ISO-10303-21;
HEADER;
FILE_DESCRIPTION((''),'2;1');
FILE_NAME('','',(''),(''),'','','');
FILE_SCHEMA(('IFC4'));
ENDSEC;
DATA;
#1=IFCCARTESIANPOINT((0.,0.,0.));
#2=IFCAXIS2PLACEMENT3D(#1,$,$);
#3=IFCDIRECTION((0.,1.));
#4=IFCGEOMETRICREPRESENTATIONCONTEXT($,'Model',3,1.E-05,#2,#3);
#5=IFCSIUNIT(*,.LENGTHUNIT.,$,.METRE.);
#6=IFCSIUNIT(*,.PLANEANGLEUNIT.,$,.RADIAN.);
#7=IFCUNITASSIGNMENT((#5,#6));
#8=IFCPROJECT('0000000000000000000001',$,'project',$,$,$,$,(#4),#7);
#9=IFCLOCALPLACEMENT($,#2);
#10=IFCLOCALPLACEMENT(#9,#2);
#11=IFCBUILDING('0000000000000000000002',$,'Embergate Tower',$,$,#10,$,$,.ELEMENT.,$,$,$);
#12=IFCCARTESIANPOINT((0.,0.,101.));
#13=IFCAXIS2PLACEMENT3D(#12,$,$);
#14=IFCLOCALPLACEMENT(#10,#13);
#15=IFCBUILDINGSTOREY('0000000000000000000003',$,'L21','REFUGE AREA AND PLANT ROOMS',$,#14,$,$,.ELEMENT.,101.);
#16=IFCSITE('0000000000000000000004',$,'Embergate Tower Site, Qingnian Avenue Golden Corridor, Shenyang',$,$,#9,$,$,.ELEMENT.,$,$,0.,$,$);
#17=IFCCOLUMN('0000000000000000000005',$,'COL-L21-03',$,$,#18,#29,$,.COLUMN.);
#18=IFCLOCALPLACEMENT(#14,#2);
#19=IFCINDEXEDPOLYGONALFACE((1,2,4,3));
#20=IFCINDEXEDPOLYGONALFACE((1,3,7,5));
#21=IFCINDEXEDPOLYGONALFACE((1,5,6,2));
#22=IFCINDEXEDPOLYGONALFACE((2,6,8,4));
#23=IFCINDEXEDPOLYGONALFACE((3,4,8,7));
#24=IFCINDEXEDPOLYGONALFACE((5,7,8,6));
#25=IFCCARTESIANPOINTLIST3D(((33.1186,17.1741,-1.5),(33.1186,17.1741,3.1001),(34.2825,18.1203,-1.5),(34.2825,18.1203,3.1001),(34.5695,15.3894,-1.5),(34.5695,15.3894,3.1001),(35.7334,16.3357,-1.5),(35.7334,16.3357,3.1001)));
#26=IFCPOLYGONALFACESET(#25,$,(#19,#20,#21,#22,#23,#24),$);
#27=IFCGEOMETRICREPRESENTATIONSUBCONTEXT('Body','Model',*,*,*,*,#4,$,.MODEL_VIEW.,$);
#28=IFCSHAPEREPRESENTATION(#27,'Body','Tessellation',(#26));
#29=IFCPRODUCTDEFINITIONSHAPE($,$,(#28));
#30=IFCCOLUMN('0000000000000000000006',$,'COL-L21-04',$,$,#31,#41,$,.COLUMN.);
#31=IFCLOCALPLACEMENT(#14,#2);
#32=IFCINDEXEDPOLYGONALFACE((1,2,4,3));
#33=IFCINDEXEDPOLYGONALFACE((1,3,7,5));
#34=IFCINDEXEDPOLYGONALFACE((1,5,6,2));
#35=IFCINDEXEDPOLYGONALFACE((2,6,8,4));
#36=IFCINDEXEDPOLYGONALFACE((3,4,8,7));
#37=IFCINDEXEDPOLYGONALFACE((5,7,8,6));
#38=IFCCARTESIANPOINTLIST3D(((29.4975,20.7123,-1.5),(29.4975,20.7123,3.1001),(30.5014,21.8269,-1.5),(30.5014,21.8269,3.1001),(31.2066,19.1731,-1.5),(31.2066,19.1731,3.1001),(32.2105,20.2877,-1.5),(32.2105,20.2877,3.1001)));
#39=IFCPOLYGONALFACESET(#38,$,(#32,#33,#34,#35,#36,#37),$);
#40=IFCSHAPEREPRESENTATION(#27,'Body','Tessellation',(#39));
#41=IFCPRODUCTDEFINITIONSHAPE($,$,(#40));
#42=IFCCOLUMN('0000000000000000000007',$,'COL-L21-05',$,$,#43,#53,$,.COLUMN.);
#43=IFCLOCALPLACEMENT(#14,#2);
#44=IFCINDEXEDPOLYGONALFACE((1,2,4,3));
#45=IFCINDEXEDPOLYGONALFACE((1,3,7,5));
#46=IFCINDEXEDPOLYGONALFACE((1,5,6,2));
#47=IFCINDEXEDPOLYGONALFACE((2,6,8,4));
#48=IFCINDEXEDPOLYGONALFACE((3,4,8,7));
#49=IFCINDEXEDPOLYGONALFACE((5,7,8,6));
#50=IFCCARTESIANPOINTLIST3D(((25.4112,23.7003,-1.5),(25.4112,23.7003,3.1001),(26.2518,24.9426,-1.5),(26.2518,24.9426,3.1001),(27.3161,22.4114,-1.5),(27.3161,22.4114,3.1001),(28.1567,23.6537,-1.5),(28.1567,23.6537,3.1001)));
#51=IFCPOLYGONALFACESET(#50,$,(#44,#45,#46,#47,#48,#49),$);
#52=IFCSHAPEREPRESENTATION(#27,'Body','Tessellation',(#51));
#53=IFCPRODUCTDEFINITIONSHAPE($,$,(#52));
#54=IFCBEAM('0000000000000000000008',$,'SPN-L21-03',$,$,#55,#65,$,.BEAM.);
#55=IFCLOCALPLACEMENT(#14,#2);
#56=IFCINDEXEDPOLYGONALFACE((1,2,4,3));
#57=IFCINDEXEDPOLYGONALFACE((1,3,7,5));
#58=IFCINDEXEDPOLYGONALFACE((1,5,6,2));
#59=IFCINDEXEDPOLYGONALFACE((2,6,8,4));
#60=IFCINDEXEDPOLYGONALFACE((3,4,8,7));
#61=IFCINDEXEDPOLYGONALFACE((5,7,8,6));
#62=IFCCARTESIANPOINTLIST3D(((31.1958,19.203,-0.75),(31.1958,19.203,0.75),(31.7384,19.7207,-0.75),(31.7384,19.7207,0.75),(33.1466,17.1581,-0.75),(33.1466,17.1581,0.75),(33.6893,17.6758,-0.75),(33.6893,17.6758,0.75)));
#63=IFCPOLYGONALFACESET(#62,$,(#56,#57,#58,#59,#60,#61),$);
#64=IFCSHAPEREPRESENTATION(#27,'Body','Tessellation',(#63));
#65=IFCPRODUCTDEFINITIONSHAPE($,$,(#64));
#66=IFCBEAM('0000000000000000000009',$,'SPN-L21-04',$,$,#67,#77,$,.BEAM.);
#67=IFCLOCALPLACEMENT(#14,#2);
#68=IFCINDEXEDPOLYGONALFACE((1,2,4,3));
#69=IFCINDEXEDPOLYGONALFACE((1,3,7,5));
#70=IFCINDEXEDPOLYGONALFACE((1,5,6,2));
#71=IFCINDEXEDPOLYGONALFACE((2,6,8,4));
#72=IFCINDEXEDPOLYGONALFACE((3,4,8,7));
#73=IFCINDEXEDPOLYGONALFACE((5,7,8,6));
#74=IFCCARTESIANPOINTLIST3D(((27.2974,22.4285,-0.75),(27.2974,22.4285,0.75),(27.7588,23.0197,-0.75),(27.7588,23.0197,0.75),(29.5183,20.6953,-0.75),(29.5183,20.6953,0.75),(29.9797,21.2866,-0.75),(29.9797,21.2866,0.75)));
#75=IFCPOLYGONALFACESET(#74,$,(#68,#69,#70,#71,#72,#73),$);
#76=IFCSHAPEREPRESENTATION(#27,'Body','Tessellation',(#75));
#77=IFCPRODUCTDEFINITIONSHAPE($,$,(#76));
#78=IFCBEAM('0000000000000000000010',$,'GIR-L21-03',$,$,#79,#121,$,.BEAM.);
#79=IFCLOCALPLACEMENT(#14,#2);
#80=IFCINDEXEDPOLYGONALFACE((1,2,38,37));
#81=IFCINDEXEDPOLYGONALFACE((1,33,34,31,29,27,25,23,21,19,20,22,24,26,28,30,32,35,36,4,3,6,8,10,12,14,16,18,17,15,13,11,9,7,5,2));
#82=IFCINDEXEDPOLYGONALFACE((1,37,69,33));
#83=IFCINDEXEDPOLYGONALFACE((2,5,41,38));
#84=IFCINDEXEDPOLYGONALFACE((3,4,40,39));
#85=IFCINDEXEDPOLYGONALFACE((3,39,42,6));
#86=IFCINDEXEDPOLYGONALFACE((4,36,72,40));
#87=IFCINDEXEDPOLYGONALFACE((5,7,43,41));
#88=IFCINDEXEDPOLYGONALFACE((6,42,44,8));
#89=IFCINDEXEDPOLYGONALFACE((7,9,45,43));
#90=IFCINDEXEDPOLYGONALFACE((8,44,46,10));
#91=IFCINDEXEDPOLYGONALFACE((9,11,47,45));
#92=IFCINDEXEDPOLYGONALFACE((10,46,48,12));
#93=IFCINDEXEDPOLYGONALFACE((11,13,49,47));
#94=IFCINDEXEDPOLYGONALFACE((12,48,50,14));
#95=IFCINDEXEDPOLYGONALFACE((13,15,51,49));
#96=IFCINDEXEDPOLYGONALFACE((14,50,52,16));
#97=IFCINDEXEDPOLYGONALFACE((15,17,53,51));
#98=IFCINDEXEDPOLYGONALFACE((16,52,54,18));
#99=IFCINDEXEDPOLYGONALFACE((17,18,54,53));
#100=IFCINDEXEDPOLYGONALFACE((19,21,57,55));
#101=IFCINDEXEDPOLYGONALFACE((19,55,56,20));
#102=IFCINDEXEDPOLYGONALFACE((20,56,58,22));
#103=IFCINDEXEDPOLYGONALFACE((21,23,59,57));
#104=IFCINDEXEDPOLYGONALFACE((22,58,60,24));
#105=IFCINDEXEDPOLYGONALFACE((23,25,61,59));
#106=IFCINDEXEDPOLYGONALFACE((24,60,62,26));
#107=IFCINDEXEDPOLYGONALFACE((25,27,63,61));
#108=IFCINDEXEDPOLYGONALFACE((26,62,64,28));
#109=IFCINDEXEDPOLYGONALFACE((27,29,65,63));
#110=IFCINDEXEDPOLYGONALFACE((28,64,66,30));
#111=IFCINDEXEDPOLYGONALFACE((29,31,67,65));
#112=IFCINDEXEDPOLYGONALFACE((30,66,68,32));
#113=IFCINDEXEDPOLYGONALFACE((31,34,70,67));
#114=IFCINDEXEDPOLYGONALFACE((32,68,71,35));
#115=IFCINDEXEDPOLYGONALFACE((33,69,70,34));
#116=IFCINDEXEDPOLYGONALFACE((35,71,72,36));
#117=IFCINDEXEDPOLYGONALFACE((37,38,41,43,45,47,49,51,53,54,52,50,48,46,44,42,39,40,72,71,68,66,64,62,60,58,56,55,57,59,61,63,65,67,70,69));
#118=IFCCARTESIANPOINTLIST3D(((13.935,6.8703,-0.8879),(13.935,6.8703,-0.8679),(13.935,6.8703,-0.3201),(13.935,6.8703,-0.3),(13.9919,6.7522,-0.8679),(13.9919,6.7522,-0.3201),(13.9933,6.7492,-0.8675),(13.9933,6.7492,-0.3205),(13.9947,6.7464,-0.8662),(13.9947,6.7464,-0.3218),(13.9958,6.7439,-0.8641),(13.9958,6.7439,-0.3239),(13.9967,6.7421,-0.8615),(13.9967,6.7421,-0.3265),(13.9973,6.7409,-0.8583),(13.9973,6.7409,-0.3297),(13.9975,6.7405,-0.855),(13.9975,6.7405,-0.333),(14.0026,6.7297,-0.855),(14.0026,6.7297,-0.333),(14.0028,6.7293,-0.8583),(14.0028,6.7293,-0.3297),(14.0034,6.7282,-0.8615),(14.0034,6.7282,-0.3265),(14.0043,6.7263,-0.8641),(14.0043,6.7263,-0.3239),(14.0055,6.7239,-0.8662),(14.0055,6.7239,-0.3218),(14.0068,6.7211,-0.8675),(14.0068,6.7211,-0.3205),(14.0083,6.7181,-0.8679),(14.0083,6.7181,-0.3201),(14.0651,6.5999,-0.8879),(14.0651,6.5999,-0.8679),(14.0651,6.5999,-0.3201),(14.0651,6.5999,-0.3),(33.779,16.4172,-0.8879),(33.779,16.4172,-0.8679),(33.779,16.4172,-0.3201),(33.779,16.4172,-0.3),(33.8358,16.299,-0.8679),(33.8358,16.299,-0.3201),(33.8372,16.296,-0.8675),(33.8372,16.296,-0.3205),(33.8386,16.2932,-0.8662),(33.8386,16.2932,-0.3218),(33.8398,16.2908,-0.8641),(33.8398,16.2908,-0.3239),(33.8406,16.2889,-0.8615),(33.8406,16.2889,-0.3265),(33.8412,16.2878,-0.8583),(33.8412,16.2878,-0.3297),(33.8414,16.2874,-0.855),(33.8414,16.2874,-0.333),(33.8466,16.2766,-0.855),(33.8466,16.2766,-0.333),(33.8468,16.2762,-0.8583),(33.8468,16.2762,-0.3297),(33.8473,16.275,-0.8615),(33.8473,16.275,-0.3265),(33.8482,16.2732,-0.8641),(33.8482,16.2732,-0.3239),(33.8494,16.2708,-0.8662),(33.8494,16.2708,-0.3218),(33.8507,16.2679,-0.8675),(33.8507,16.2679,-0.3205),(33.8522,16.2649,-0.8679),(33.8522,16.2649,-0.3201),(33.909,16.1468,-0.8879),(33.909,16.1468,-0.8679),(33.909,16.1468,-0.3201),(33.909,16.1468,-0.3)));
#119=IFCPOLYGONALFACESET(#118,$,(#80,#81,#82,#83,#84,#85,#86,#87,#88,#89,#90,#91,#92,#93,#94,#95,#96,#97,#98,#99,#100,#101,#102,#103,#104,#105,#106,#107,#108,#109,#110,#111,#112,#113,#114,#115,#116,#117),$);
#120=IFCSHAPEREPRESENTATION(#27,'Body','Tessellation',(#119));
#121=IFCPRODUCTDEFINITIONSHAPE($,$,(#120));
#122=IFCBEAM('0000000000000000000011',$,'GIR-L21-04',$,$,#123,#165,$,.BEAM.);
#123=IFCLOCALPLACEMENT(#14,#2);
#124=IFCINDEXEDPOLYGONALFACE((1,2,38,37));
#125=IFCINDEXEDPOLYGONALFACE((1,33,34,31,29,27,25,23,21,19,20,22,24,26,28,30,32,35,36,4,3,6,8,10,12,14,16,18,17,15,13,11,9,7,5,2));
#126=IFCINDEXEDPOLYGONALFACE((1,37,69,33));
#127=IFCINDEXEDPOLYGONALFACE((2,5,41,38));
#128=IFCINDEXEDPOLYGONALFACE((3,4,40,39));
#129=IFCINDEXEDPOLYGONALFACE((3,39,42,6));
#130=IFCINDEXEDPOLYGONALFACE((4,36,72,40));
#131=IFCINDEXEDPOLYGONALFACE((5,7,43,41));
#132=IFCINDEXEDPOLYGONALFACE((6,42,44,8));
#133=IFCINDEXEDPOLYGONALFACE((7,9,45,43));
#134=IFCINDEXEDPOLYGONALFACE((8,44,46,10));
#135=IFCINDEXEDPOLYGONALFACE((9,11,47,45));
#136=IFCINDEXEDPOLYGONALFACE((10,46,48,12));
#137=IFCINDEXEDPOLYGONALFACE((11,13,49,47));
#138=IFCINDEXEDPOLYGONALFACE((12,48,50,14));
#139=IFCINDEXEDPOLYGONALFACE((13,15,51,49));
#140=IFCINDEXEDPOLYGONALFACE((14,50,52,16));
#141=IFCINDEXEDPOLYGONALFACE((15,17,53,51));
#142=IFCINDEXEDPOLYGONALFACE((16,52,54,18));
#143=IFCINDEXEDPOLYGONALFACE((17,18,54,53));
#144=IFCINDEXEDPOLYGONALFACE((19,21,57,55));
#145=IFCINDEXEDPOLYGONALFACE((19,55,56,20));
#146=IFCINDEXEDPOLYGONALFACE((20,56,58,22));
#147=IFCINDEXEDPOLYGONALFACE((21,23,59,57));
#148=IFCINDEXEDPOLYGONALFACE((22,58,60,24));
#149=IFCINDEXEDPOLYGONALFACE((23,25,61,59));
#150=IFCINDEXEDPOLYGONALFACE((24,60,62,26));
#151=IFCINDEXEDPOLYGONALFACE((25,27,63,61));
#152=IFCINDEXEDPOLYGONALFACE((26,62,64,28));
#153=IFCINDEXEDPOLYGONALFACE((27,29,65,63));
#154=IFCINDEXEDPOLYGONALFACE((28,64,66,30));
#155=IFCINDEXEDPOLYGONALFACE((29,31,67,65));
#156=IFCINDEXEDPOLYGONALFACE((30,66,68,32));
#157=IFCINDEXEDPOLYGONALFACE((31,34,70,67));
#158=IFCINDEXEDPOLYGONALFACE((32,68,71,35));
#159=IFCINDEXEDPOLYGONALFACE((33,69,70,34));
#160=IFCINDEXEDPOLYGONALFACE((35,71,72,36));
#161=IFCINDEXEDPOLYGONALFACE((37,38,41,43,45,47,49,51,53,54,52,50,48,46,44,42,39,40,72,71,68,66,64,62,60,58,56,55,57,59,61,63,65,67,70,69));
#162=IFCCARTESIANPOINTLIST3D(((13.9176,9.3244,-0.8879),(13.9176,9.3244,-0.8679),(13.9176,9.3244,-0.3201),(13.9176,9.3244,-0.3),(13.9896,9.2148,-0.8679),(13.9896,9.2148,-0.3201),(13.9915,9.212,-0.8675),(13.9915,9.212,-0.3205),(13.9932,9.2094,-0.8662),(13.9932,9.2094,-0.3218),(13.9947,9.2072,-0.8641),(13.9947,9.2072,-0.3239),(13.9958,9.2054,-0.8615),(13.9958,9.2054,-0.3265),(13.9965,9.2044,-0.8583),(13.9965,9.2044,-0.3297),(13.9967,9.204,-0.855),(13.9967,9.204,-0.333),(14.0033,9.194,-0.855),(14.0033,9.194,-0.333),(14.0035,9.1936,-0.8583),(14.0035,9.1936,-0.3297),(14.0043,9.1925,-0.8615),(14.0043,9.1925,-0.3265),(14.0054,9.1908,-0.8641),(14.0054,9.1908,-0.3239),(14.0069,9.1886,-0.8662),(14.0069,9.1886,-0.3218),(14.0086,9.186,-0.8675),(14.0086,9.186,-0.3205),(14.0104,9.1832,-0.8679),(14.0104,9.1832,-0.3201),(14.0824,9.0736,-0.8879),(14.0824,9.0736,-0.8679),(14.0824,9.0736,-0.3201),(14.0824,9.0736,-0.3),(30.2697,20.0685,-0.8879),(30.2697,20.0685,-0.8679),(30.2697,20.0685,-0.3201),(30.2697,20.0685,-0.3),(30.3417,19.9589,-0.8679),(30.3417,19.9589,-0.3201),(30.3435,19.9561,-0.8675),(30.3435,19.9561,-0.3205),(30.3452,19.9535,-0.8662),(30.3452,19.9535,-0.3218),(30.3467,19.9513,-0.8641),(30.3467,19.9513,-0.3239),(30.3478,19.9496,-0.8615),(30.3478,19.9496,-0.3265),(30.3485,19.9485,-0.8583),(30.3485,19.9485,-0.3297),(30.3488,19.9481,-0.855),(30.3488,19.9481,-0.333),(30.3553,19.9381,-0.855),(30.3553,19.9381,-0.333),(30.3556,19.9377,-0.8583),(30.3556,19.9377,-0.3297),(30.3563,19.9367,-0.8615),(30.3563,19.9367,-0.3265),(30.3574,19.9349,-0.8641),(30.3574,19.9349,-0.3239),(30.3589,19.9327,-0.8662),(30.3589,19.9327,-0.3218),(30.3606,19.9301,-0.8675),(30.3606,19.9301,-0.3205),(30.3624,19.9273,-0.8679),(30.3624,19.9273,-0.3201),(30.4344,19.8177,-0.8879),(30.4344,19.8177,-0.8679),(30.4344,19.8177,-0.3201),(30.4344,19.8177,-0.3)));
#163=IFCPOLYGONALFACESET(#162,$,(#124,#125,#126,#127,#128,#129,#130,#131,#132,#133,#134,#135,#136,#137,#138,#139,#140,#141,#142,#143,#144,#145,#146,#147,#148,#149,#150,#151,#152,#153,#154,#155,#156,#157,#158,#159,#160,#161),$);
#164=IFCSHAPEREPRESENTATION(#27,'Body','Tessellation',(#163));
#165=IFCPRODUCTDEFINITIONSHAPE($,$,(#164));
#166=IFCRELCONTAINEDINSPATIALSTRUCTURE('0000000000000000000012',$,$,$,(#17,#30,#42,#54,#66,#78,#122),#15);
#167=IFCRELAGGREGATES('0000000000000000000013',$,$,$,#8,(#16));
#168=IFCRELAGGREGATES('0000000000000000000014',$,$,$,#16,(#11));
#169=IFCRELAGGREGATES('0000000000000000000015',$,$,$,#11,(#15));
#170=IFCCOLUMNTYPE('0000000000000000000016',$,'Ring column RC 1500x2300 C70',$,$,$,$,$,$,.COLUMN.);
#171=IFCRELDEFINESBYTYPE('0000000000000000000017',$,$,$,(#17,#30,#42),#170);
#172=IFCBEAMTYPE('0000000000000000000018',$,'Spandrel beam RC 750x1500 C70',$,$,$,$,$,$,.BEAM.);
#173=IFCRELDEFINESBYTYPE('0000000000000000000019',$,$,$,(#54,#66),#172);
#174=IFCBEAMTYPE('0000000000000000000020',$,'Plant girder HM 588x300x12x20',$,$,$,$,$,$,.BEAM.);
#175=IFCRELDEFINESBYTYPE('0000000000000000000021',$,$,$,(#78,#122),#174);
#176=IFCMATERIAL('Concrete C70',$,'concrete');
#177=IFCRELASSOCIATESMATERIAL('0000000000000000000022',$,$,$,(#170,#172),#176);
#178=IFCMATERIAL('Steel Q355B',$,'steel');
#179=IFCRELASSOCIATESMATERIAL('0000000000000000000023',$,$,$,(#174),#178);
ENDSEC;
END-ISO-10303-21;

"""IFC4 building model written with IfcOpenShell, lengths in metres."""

from ifc_helpers import new_model, si_unit, direction, frame, origin, origin_2d, place, context, subcontext, project, spatial, rectangle, i_section, extrude, source, transform, mapped, material, material_profile, profile_set, type_object, element, save


model = new_model("IFC4")

# Units and contexts
model_context = context("Model", 3, precision=1e-05, world=origin(), true_north=direction((0.0, 1.0)))
body_context = subcontext(model_context, "Body", "Model", "MODEL_VIEW")
ifc_project = project(units=[si_unit("LENGTHUNIT", "METRE"), si_unit("PLANEANGLEUNIT", "RADIAN")], contexts=[model_context])

# Site, building, storey
site_placement = place(None, origin())
site = spatial("IfcSite", under=ifc_project, at=site_placement, Name="Embergate Tower Site, Qingnian Avenue Golden Corridor, Shenyang", CompositionType="ELEMENT", RefElevation=0.0)
building_placement = place(site_placement, origin())
building = spatial("IfcBuilding", under=site, at=building_placement, Name="Embergate Tower", CompositionType="ELEMENT")
storey_placement = place(building_placement, frame((0.0, 0.0, 101.0)))
storey = spatial("IfcBuildingStorey", under=building, at=storey_placement, Name="L21", Description="REFUGE AREA AND PLANT ROOMS", CompositionType="ELEMENT", Elevation=101.0)

# Columns
ifc_material_1 = material(Name="Concrete C70", Category="concrete")
ifc_material_profile_1 = material_profile(ifc_material_1, rectangle(XDim=1.5, YDim=2.3, at=origin_2d()), Name="RC 1500x2300")
ifc_profile_set_1 = profile_set([ifc_material_profile_1], Name="Concrete C70")
column_type = type_object("IfcColumnType", Name="Ring column RC 1500x2300 C70", PredefinedType="COLUMN", material=ifc_profile_set_1)
shared_shape_1 = source(origin(), body_context, "Body", "SweptSolid", [
    extrude(rectangle(XDim=1.5, YDim=2.3, at=origin_2d()), origin(), (0.0, 0.0, 1.0), 4.6001),
])
for number, where, z_axis, x_axis, name in (
    (1, (34.426, 16.7549, -1.5), (0.0, 0.0, 1.0), (0.775925, 0.630825, 0.0), "COL-L21-03"),
    (2, (30.854, 20.5, -1.5), (0.0, 0.0, 1.0), (0.669221, 0.743063, 0.0), "COL-L21-04"),
    (3, (26.7839, 23.677, -1.5), (0.0, 0.0, 1.0), (0.560408, 0.828217, 0.0), "COL-L21-05"),
):
    element("IfcColumn", number, at=place(storey_placement, frame(where, z_axis=z_axis, x_axis=x_axis)), inside=storey, type_object=column_type, Name=name, PredefinedType="COLUMN", context=body_context, shape_type="MappedRepresentation", body=[
        mapped(shared_shape_1, transform((0.0, 0.0, 0.0))),
    ])

# Beams
ifc_material_profile_2 = material_profile(ifc_material_1, rectangle(XDim=0.75, YDim=1.5, at=origin_2d()), Name="RC 750x1500")
ifc_profile_set_2 = profile_set([ifc_material_profile_2], Name="Concrete C70")
beam_type_1 = type_object("IfcBeamType", Name="Spandrel beam RC 750x1500 C70", PredefinedType="BEAM", material=ifc_profile_set_2)
shared_shape_2 = source(origin(), body_context, "Body", "SweptSolid", [
    extrude(rectangle(XDim=0.75, YDim=1.5, at=origin_2d()), origin(), (0.0, 0.0, 1.0), 2.8262),
])
beam_1_placement = place(storey_placement, frame((33.418, 17.417, 0.0), z_axis=(-0.690283, 0.72354, 0.0), x_axis=(-0.72354, -0.690283, 0.0)))
element("IfcBeam", 4, at=beam_1_placement, inside=storey, type_object=beam_type_1, Name="SPN-L21-03", PredefinedType="BEAM", context=body_context, shape_type="MappedRepresentation", body=[
    mapped(shared_shape_2, transform((0.0, 0.0, 0.0))),
])
shared_shape_3 = source(origin(), body_context, "Body", "SweptSolid", [
    extrude(rectangle(XDim=0.75, YDim=1.5, at=origin_2d()), origin(), (0.0, 0.0, 1.0), 2.8171),
])
beam_2_placement = place(storey_placement, frame((29.749, 20.991, 0.0), z_axis=(-0.788362, 0.615212, 0.0), x_axis=(-0.615212, -0.788362, 0.0)))
element("IfcBeam", 5, at=beam_2_placement, inside=storey, type_object=beam_type_1, Name="SPN-L21-04", PredefinedType="BEAM", context=body_context, shape_type="MappedRepresentation", body=[
    mapped(shared_shape_3, transform((0.0, 0.0, 0.0))),
])
ifc_material_2 = material(Name="Steel Q355B", Category="steel")
ifc_material_profile_3 = material_profile(ifc_material_2, i_section(OverallWidth=0.3, OverallDepth=0.5879, WebThickness=0.012, FlangeThickness=0.02, FilletRadius=0.0129, at=origin_2d()), Name="HM 588x300x12x20")
ifc_profile_set_3 = profile_set([ifc_material_profile_3], Name="Steel Q355 grade B")
beam_type_2 = type_object("IfcBeamType", Name="Plant girder HM 588x300x12x20", PredefinedType="BEAM", material=ifc_profile_set_3)
shared_shape_4 = source(origin(), body_context, "Body", "SweptSolid", [
    extrude(i_section(OverallWidth=0.3, OverallDepth=0.5879, WebThickness=0.012, FlangeThickness=0.02, FilletRadius=0.0129, at=origin_2d()), origin(), (0.0, 0.0, 1.0), 22.021),
])
beam_3_placement = place(storey_placement, frame((33.844, 16.282, -0.594), z_axis=(-0.901137, -0.433534, 0.0), x_axis=(0.433534, -0.901137, 0.0)))
element("IfcBeam", 6, at=beam_3_placement, inside=storey, type_object=beam_type_2, Name="GIR-L21-03", PredefinedType="BEAM", context=body_context, shape_type="MappedRepresentation", body=[
    mapped(shared_shape_4, transform((0.0, 0.0, 0.0))),
])
shared_shape_5 = source(origin(), body_context, "Body", "SweptSolid", [
    extrude(i_section(OverallWidth=0.3, OverallDepth=0.5879, WebThickness=0.012, FlangeThickness=0.02, FilletRadius=0.0129, at=origin_2d()), origin(), (0.0, 0.0, 1.0), 19.5659),
])
beam_4_placement = place(storey_placement, frame((30.3521, 19.9431, -0.594), z_axis=(-0.83574, -0.549125, 0.0), x_axis=(0.549125, -0.83574, 0.0)))
element("IfcBeam", 7, at=beam_4_placement, inside=storey, type_object=beam_type_2, Name="GIR-L21-04", PredefinedType="BEAM", context=body_context, shape_type="MappedRepresentation", body=[
    mapped(shared_shape_5, transform((0.0, 0.0, 0.0))),
])

save(model, "model.ifc")
